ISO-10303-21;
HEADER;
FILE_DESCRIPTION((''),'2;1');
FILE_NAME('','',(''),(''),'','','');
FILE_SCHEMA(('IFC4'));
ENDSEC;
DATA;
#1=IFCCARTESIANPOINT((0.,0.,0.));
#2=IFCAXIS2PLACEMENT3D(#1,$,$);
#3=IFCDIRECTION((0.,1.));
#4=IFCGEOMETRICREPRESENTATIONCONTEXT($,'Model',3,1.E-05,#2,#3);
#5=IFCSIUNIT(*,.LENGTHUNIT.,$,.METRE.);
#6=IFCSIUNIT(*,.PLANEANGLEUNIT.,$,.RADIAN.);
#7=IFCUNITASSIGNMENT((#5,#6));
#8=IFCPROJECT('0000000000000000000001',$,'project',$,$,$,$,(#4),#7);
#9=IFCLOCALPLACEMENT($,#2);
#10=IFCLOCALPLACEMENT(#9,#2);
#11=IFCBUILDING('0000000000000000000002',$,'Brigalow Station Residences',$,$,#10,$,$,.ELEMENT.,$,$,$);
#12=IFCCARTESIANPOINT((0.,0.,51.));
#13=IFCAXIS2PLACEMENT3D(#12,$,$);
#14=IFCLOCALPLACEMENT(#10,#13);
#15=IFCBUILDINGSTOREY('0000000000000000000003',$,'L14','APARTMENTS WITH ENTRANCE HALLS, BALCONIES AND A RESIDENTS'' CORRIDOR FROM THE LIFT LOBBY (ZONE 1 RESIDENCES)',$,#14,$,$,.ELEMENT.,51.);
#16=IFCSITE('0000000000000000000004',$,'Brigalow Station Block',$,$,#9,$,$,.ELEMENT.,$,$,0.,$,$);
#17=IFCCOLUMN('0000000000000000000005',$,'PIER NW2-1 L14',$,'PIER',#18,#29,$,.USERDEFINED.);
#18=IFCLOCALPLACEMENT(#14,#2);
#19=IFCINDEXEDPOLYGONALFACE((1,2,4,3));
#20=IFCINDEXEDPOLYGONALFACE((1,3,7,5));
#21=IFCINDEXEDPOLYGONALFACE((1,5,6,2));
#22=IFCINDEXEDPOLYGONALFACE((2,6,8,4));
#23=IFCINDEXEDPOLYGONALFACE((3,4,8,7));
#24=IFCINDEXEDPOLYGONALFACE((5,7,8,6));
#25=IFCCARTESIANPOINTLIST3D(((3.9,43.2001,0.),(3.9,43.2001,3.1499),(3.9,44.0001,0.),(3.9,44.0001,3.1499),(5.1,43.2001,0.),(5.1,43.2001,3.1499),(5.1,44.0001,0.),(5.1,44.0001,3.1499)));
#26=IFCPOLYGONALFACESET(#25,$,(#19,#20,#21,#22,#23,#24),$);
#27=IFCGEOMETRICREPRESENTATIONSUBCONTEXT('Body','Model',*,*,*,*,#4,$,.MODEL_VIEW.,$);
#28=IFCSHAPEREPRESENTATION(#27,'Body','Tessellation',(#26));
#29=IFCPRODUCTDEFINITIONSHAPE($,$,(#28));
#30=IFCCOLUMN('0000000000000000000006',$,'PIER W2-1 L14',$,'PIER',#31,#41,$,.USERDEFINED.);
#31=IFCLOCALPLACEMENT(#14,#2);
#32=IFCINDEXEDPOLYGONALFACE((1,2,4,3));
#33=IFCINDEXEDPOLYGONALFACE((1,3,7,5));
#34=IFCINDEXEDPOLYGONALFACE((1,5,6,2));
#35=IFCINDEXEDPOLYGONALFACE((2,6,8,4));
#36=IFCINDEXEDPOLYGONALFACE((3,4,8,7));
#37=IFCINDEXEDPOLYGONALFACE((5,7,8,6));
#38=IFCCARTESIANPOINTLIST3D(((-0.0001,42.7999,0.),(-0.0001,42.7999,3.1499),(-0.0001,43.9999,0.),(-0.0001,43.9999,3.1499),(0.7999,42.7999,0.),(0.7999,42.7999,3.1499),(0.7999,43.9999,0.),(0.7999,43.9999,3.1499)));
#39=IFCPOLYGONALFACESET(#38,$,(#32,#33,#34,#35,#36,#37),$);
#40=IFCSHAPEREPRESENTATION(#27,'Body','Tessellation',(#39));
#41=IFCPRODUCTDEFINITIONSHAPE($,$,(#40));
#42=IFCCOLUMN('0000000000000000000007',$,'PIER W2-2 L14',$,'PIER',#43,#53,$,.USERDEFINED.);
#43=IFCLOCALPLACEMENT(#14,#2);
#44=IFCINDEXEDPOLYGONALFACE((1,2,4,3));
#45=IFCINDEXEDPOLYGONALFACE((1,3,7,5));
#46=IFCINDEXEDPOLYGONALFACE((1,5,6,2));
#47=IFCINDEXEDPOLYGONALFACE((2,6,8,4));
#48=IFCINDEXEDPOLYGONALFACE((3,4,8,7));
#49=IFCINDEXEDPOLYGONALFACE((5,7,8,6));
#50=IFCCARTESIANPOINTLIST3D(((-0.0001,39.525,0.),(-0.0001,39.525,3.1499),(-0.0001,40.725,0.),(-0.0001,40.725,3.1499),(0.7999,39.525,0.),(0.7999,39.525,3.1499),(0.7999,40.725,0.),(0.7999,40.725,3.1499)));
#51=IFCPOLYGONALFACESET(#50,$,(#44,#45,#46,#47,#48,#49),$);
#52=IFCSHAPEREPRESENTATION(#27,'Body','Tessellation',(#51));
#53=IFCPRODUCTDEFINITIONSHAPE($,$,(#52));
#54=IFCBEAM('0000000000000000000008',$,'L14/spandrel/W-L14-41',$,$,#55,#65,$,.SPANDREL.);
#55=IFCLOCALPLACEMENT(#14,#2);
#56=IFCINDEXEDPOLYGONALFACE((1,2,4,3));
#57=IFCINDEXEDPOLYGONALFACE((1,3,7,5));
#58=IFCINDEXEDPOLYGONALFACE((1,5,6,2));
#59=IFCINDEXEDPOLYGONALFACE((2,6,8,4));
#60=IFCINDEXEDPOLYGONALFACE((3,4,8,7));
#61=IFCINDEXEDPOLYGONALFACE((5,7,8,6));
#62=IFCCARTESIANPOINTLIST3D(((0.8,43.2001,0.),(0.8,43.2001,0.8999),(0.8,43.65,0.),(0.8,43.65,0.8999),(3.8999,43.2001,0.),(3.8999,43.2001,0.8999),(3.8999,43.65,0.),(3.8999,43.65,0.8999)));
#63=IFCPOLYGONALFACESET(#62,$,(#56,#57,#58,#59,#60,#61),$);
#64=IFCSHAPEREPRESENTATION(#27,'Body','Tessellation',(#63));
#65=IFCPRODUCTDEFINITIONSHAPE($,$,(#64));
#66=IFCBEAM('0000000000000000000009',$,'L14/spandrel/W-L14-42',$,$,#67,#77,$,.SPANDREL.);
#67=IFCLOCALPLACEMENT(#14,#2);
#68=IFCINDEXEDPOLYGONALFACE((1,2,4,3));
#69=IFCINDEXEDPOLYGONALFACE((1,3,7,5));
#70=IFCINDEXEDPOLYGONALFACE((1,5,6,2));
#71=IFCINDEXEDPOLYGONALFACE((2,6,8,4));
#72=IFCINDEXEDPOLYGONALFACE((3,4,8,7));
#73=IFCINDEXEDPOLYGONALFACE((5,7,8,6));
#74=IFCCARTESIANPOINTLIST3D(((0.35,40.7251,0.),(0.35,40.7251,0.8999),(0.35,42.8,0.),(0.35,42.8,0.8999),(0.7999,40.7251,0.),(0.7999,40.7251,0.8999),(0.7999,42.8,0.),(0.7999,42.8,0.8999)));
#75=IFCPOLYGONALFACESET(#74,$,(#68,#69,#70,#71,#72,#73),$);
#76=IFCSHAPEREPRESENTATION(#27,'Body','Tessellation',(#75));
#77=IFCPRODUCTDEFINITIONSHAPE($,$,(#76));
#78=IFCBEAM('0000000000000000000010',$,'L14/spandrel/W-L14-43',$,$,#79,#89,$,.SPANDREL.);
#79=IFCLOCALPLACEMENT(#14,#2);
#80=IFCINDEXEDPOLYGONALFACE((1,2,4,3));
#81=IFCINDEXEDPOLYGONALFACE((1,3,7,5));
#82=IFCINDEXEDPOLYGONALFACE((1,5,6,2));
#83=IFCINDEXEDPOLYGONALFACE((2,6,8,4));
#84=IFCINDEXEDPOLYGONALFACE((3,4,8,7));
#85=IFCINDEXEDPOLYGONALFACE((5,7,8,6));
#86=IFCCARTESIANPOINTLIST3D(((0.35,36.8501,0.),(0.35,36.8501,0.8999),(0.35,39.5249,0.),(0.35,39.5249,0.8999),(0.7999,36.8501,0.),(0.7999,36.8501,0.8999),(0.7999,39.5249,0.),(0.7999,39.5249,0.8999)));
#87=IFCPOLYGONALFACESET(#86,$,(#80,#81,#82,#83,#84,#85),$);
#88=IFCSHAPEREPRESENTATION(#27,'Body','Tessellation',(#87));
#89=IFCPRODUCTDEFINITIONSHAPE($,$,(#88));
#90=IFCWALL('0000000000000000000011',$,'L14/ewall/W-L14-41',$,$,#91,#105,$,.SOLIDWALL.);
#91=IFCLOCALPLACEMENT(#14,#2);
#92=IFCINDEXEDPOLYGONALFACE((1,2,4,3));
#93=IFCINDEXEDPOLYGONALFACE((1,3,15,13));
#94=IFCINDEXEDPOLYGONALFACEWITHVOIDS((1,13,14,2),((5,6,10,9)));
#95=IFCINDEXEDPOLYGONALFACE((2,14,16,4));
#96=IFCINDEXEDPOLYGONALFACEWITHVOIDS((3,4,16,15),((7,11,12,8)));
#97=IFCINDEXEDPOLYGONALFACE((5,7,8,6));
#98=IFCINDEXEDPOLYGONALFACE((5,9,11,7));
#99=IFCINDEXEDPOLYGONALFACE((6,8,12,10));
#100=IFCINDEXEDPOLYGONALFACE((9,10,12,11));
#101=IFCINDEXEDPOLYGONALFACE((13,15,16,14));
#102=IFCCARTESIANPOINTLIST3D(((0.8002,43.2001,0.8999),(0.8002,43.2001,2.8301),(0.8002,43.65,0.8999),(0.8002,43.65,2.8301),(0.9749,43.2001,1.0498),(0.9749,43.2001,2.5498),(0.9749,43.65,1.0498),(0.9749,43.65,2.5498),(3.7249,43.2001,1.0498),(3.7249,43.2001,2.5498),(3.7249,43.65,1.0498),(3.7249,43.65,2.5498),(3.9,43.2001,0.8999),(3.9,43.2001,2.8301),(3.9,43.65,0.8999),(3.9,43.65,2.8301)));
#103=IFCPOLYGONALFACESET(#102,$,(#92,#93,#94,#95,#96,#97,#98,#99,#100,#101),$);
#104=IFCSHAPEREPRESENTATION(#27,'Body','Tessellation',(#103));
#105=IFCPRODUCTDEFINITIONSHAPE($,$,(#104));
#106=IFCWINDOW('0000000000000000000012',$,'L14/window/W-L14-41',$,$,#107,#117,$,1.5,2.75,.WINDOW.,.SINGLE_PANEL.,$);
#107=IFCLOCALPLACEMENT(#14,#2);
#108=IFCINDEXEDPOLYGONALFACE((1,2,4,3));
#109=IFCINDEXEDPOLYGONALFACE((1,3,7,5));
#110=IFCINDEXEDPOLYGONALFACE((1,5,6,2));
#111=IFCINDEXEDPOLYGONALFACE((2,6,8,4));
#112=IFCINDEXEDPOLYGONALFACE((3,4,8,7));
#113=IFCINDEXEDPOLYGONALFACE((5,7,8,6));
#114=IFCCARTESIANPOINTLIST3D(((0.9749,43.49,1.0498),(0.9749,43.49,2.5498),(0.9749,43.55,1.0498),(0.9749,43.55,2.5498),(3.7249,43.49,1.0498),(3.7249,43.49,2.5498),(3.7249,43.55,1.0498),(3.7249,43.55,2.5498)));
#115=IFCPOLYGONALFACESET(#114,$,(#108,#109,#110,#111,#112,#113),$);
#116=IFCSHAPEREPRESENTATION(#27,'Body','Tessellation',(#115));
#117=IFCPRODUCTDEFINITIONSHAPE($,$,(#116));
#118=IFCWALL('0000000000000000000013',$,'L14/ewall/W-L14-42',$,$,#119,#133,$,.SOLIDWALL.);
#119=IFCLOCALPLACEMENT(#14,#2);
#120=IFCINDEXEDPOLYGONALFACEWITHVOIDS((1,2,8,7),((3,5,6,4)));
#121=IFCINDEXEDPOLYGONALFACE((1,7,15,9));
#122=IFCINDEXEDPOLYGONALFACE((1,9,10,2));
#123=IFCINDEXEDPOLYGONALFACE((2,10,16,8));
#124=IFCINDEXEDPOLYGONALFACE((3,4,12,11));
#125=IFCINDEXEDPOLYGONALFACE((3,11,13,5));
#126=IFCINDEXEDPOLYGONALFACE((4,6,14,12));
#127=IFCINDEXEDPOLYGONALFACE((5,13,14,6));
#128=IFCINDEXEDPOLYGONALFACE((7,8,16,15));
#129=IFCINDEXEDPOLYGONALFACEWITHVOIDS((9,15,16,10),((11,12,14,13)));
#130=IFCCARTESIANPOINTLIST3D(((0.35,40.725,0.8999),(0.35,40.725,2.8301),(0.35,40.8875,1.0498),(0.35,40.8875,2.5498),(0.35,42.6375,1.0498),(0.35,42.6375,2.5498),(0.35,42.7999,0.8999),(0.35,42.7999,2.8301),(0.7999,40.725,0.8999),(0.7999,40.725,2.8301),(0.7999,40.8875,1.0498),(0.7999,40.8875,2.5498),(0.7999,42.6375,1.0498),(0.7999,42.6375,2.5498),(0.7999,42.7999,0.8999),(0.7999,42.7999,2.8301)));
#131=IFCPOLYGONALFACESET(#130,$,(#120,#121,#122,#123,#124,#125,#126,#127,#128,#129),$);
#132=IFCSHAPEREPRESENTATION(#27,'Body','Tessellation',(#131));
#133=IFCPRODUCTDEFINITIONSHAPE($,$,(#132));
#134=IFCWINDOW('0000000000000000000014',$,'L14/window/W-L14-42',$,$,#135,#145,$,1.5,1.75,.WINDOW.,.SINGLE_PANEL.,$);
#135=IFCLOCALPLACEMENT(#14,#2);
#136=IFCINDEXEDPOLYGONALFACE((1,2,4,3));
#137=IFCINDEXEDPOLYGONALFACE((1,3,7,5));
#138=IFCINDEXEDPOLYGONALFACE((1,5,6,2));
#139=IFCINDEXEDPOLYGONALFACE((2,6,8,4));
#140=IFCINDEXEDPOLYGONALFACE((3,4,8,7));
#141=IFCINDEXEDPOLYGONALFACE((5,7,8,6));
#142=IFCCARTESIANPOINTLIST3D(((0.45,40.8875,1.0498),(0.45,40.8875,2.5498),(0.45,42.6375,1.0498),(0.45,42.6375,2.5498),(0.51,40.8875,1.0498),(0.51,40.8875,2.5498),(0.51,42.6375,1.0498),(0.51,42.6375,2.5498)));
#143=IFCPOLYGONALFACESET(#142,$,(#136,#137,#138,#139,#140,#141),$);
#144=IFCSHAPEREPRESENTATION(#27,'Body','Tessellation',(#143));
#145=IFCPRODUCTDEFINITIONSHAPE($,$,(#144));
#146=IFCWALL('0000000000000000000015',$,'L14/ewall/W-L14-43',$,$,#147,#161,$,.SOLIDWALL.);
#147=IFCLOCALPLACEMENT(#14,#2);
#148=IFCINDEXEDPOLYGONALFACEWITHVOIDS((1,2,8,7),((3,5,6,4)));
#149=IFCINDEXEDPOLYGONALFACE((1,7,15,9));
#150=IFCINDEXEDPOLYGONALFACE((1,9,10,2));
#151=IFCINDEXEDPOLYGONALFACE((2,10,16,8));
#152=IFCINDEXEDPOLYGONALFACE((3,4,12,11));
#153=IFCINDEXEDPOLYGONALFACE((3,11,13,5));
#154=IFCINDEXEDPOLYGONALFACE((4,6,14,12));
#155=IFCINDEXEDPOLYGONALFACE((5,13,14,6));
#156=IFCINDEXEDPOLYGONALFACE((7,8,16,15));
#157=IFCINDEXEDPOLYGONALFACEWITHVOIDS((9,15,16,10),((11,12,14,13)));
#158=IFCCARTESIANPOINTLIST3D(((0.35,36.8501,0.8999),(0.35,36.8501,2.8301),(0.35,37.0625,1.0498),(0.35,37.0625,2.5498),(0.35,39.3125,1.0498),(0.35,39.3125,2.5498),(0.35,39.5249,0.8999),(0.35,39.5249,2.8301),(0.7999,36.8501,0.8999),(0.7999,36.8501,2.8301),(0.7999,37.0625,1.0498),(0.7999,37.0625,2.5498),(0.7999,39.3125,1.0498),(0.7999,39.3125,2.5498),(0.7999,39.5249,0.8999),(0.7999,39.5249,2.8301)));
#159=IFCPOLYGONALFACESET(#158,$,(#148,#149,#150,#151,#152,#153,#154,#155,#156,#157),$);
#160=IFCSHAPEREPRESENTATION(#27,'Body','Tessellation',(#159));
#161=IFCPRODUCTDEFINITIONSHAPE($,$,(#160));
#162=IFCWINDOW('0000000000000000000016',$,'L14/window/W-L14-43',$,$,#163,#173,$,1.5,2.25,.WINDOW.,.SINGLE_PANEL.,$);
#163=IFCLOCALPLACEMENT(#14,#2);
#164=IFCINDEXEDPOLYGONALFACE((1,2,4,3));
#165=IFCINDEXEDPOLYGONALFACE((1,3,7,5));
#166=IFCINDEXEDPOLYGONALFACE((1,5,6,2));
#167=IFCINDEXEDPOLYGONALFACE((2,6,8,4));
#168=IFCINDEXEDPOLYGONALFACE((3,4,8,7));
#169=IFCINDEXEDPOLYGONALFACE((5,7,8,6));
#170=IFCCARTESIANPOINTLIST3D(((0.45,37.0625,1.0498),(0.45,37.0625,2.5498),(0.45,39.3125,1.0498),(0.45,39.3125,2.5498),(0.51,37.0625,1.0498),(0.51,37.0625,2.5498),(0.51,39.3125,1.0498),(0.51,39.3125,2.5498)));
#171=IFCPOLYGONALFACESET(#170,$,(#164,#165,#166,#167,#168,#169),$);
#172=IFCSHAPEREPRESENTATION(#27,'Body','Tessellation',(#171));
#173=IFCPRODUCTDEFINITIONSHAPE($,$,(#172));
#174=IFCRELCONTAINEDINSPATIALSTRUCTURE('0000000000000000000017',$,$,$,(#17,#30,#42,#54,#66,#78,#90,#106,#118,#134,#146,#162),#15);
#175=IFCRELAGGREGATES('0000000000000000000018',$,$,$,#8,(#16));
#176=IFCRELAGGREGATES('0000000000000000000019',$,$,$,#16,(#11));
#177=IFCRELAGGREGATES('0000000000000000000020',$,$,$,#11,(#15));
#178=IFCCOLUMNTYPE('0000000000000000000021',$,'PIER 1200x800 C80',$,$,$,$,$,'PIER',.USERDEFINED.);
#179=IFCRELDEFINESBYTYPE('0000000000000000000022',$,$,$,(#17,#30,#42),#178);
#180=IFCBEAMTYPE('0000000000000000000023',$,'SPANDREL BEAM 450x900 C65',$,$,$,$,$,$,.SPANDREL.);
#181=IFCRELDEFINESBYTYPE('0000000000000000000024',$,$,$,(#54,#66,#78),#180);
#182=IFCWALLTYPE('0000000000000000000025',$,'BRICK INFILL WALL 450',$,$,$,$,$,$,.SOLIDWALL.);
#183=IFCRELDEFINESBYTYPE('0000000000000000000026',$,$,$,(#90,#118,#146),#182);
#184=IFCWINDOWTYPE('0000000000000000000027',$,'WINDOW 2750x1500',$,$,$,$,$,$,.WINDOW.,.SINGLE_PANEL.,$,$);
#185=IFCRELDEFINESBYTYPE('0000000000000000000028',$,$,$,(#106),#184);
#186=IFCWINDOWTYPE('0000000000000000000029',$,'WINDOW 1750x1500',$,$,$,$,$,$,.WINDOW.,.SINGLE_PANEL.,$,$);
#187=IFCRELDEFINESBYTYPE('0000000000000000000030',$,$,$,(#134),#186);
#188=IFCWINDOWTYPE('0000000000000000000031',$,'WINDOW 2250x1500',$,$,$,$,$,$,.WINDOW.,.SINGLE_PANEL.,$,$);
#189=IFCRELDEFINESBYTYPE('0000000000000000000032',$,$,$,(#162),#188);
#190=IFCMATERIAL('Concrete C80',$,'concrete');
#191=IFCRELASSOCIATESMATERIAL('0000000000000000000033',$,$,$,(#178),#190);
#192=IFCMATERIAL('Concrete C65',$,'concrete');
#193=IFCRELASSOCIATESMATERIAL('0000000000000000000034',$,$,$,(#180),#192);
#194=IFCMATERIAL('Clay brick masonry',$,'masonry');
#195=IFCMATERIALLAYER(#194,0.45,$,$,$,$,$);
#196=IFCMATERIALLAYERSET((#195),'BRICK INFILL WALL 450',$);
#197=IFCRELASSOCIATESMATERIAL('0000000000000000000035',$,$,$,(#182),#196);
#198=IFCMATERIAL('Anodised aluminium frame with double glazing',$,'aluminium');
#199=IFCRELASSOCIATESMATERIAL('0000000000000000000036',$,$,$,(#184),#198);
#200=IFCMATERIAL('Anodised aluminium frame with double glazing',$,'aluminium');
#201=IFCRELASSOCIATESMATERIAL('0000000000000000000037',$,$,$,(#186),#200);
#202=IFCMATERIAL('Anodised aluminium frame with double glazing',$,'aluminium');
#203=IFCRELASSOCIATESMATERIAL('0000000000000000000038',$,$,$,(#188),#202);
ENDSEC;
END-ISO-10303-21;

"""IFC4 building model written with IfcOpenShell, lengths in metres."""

from ifc_helpers import new_model, si_unit, direction, frame, frame_2d, origin, origin_2d, place, context, subcontext, project, spatial, rectangle, extrude, material, layer, layer_set, material_profile, profile_set, type_object, element, fill, save


model = new_model("IFC4")

# Units and contexts
model_context = context("Model", 3, precision=1e-05, world=origin(), true_north=direction((0.0, 1.0)))
body_context = subcontext(model_context, "Body", "Model", "MODEL_VIEW")
ifc_project = project(units=[si_unit("LENGTHUNIT", "METRE"), si_unit("PLANEANGLEUNIT", "RADIAN")], contexts=[model_context])

# Site, building, storey
site_placement = place(None, origin())
site = spatial("IfcSite", under=ifc_project, at=site_placement, Name="Brigalow Station Block", CompositionType="ELEMENT", RefElevation=0.0)
building_placement = place(site_placement, origin())
building = spatial("IfcBuilding", under=site, at=building_placement, Name="Brigalow Station Residences", CompositionType="ELEMENT")
storey_placement = place(building_placement, frame((0.0, 0.0, 51.0)))
storey = spatial("IfcBuildingStorey", under=building, at=storey_placement, Name="L14", Description="APARTMENTS WITH ENTRANCE HALLS, BALCONIES AND A RESIDENTS' CORRIDOR FROM THE LIFT LOBBY (ZONE 1 RESIDENCES)", CompositionType="ELEMENT", Elevation=51.0)

# Columns
ifc_material_1 = material(Name="Concrete C80", Category="concrete")
ifc_material_profile_1 = material_profile(ifc_material_1, rectangle(XDim=1.2, YDim=0.8, at=origin_2d()), Name="RC1200x800")
ifc_profile_set_1 = profile_set([ifc_material_profile_1], Name="Concrete C80")
column_type = type_object("IfcColumnType", Name="PIER 1200x800 C80", ElementType="PIER", PredefinedType="USERDEFINED", material=ifc_profile_set_1)
for number, where, z_axis, x_axis, name in (
    (1, (4.5, 43.6001, 0.0), (0.0, 0.0, 1.0), (-1.0, 0.0, 0.0), "PIER NW2-1 L14"),
    (2, (0.3999, 43.3999, 0.0), (0.0, 0.0, 1.0), (0.0, -1.0, 0.0), "PIER W2-1 L14"),
    (3, (0.3999, 40.125, 0.0), (0.0, 0.0, 1.0), (0.0, -1.0, 0.0), "PIER W2-2 L14"),
):
    element("IfcColumn", number, at=place(storey_placement, frame(where, z_axis=z_axis, x_axis=x_axis)), inside=storey, type_object=column_type, Name=name, ObjectType="PIER", PredefinedType="USERDEFINED", context=body_context, shape_type="SweptSolid", body=[
        extrude(rectangle(XDim=1.2, YDim=0.8, at=origin_2d()), origin(), (0.0, 0.0, 1.0), 3.1499),
    ])

# Beams
ifc_material_2 = material(Name="Concrete C65", Category="concrete")
ifc_material_profile_2 = material_profile(ifc_material_2, rectangle(XDim=0.45, YDim=0.8999, at=origin_2d()), Name="RC450x900")
ifc_profile_set_2 = profile_set([ifc_material_profile_2], Name="Concrete C65")
beam_type = type_object("IfcBeamType", Name="SPANDREL BEAM 450x900 C65", PredefinedType="SPANDREL", material=ifc_profile_set_2)
beam_1_placement = place(storey_placement, frame((3.8999, 43.425, 0.45), z_axis=(-1.0, 0.0, 0.0), x_axis=(0.0, -1.0, 0.0)))
element("IfcBeam", 4, at=beam_1_placement, inside=storey, type_object=beam_type, Name="L14/spandrel/W-L14-41", PredefinedType="SPANDREL", context=body_context, shape_type="SweptSolid", body=[
    extrude(rectangle(XDim=0.45, YDim=0.8999, at=origin_2d()), origin(), (0.0, 0.0, 1.0), 3.0999),
])
beam_2_placement = place(storey_placement, frame((0.575, 42.8, 0.45), z_axis=(0.0, -1.0, 0.0), x_axis=(1.0, 0.0, 0.0)))
element("IfcBeam", 5, at=beam_2_placement, inside=storey, type_object=beam_type, Name="L14/spandrel/W-L14-42", PredefinedType="SPANDREL", context=body_context, shape_type="SweptSolid", body=[
    extrude(rectangle(XDim=0.45, YDim=0.8999, at=origin_2d()), origin(), (0.0, 0.0, 1.0), 2.075),
])
beam_3_placement = place(storey_placement, frame((0.575, 39.5249, 0.45), z_axis=(0.0, -1.0, 0.0), x_axis=(1.0, 0.0, 0.0)))
element("IfcBeam", 6, at=beam_3_placement, inside=storey, type_object=beam_type, Name="L14/spandrel/W-L14-43", PredefinedType="SPANDREL", context=body_context, shape_type="SweptSolid", body=[
    extrude(rectangle(XDim=0.45, YDim=0.8999, at=origin_2d()), origin(), (0.0, 0.0, 1.0), 2.6748),
])

# Walls, openings, windows
ifc_material_3 = material(Name="Clay brick masonry", Category="masonry")
ifc_layer_1 = layer(ifc_material_3, 0.45)
ifc_layer_set_1 = layer_set([ifc_layer_1], Name="BRICK INFILL WALL 450")
wall_type_1 = type_object("IfcWallType", Name="BRICK INFILL WALL 450", PredefinedType="SOLIDWALL", material=ifc_layer_set_1)
wall_1_placement = place(storey_placement, frame((3.8999, 43.425, 0.8999), z_axis=(0.0, 0.0, 1.0), x_axis=(-1.0, 0.0, 0.0)))
wall_1 = element("IfcWall", 7, at=wall_1_placement, inside=storey, type_object=wall_type_1, Name="L14/ewall/W-L14-41", PredefinedType="SOLIDWALL", context=body_context, shape_type="SweptSolid", body=[
    extrude(rectangle(XDim=3.0999, YDim=0.45, at=frame_2d((1.5498, 0.0))), origin(), (0.0, 0.0, 1.0), 1.9302),
])
opening_1_placement = place(wall_1_placement, frame((0.175, 0.0, 0.1499)))
opening_1 = element("IfcOpeningElement", 8, at=opening_1_placement, cuts=wall_1, PredefinedType="OPENING", context=body_context, shape_type="SweptSolid", body=[
    extrude(rectangle(XDim=2.75, YDim=1.5, at=frame_2d((1.375, 0.75))), frame((0.0, 0.2349, 0.0), z_axis=(0.0, -1.0, 0.0), x_axis=(1.0, 0.0, 0.0)), (0.0, 0.0, 1.0), 0.47),
])
ifc_material_4 = material(Name="Anodised aluminium frame with double glazing", Category="aluminium")
window_type_1 = type_object("IfcWindowType", Name="WINDOW 2750x1500", PartitioningType="SINGLE_PANEL", PredefinedType="WINDOW", material=ifc_material_4)
window_1_placement = place(opening_1_placement, origin())
window_1 = element("IfcWindow", 9, at=window_1_placement, inside=storey, type_object=window_type_1, Name="L14/window/W-L14-41", OverallHeight=1.5, OverallWidth=2.75, PartitioningType="SINGLE_PANEL", PredefinedType="WINDOW", context=body_context, shape_type="SweptSolid", body=[
    extrude(rectangle(XDim=2.75, YDim=1.5, at=frame_2d((1.375, 0.75))), frame((0.0, -0.0649, 0.0), z_axis=(0.0, -1.0, 0.0), x_axis=(1.0, 0.0, 0.0)), (0.0, 0.0, 1.0), 0.0601),
])
fill(opening_1, window_1)
wall_2_placement = place(storey_placement, frame((0.575, 42.8, 0.8999), z_axis=(0.0, 0.0, 1.0), x_axis=(0.0, -1.0, 0.0)))
wall_2 = element("IfcWall", 10, at=wall_2_placement, inside=storey, type_object=wall_type_1, Name="L14/ewall/W-L14-42", PredefinedType="SOLIDWALL", context=body_context, shape_type="SweptSolid", body=[
    extrude(rectangle(XDim=2.075, YDim=0.45, at=frame_2d((1.0376, 0.0))), origin(), (0.0, 0.0, 1.0), 1.9302),
])
opening_2_placement = place(wall_2_placement, frame((0.1626, 0.0, 0.1499)))
opening_2 = element("IfcOpeningElement", 11, at=opening_2_placement, cuts=wall_2, PredefinedType="OPENING", context=body_context, shape_type="SweptSolid", body=[
    extrude(rectangle(XDim=1.75, YDim=1.5, at=frame_2d((0.875, 0.75))), frame((0.0, 0.2349, 0.0), z_axis=(0.0, -1.0, 0.0), x_axis=(1.0, 0.0, 0.0)), (0.0, 0.0, 1.0), 0.47),
])
ifc_material_5 = material(Name="Anodised aluminium frame with double glazing", Category="aluminium")
window_type_2 = type_object("IfcWindowType", Name="WINDOW 1750x1500", PartitioningType="SINGLE_PANEL", PredefinedType="WINDOW", material=ifc_material_5)
window_2_placement = place(opening_2_placement, origin())
window_2 = element("IfcWindow", 12, at=window_2_placement, inside=storey, type_object=window_type_2, Name="L14/window/W-L14-42", OverallHeight=1.5, OverallWidth=1.75, PartitioningType="SINGLE_PANEL", PredefinedType="WINDOW", context=body_context, shape_type="SweptSolid", body=[
    extrude(rectangle(XDim=1.75, YDim=1.5, at=frame_2d((0.875, 0.75))), frame((0.0, -0.0649, 0.0), z_axis=(0.0, -1.0, 0.0), x_axis=(1.0, 0.0, 0.0)), (0.0, 0.0, 1.0), 0.0601),
])
fill(opening_2, window_2)
wall_3_placement = place(storey_placement, frame((0.575, 39.5249, 0.8999), z_axis=(0.0, 0.0, 1.0), x_axis=(0.0, -1.0, 0.0)))
wall_3 = element("IfcWall", 13, at=wall_3_placement, inside=storey, type_object=wall_type_1, Name="L14/ewall/W-L14-43", PredefinedType="SOLIDWALL", context=body_context, shape_type="SweptSolid", body=[
    extrude(rectangle(XDim=2.6748, YDim=0.45, at=frame_2d((1.3374, 0.0))), origin(), (0.0, 0.0, 1.0), 1.9302),
])
opening_3_placement = place(wall_3_placement, frame((0.2124, 0.0, 0.1499)))
opening_3 = element("IfcOpeningElement", 14, at=opening_3_placement, cuts=wall_3, PredefinedType="OPENING", context=body_context, shape_type="SweptSolid", body=[
    extrude(rectangle(XDim=2.25, YDim=1.5, at=frame_2d((1.125, 0.75))), frame((0.0, 0.2349, 0.0), z_axis=(0.0, -1.0, 0.0), x_axis=(1.0, 0.0, 0.0)), (0.0, 0.0, 1.0), 0.47),
])
ifc_material_6 = material(Name="Anodised aluminium frame with double glazing", Category="aluminium")
window_type_3 = type_object("IfcWindowType", Name="WINDOW 2250x1500", PartitioningType="SINGLE_PANEL", PredefinedType="WINDOW", material=ifc_material_6)
window_3_placement = place(opening_3_placement, origin())
window_3 = element("IfcWindow", 15, at=window_3_placement, inside=storey, type_object=window_type_3, Name="L14/window/W-L14-43", OverallHeight=1.5, OverallWidth=2.25, PartitioningType="SINGLE_PANEL", PredefinedType="WINDOW", context=body_context, shape_type="SweptSolid", body=[
    extrude(rectangle(XDim=2.25, YDim=1.5, at=frame_2d((1.125, 0.75))), frame((0.0, -0.0649, 0.0), z_axis=(0.0, -1.0, 0.0), x_axis=(1.0, 0.0, 0.0)), (0.0, 0.0, 1.0), 0.0601),
])
fill(opening_3, window_3)

save(model, "model.ifc")
